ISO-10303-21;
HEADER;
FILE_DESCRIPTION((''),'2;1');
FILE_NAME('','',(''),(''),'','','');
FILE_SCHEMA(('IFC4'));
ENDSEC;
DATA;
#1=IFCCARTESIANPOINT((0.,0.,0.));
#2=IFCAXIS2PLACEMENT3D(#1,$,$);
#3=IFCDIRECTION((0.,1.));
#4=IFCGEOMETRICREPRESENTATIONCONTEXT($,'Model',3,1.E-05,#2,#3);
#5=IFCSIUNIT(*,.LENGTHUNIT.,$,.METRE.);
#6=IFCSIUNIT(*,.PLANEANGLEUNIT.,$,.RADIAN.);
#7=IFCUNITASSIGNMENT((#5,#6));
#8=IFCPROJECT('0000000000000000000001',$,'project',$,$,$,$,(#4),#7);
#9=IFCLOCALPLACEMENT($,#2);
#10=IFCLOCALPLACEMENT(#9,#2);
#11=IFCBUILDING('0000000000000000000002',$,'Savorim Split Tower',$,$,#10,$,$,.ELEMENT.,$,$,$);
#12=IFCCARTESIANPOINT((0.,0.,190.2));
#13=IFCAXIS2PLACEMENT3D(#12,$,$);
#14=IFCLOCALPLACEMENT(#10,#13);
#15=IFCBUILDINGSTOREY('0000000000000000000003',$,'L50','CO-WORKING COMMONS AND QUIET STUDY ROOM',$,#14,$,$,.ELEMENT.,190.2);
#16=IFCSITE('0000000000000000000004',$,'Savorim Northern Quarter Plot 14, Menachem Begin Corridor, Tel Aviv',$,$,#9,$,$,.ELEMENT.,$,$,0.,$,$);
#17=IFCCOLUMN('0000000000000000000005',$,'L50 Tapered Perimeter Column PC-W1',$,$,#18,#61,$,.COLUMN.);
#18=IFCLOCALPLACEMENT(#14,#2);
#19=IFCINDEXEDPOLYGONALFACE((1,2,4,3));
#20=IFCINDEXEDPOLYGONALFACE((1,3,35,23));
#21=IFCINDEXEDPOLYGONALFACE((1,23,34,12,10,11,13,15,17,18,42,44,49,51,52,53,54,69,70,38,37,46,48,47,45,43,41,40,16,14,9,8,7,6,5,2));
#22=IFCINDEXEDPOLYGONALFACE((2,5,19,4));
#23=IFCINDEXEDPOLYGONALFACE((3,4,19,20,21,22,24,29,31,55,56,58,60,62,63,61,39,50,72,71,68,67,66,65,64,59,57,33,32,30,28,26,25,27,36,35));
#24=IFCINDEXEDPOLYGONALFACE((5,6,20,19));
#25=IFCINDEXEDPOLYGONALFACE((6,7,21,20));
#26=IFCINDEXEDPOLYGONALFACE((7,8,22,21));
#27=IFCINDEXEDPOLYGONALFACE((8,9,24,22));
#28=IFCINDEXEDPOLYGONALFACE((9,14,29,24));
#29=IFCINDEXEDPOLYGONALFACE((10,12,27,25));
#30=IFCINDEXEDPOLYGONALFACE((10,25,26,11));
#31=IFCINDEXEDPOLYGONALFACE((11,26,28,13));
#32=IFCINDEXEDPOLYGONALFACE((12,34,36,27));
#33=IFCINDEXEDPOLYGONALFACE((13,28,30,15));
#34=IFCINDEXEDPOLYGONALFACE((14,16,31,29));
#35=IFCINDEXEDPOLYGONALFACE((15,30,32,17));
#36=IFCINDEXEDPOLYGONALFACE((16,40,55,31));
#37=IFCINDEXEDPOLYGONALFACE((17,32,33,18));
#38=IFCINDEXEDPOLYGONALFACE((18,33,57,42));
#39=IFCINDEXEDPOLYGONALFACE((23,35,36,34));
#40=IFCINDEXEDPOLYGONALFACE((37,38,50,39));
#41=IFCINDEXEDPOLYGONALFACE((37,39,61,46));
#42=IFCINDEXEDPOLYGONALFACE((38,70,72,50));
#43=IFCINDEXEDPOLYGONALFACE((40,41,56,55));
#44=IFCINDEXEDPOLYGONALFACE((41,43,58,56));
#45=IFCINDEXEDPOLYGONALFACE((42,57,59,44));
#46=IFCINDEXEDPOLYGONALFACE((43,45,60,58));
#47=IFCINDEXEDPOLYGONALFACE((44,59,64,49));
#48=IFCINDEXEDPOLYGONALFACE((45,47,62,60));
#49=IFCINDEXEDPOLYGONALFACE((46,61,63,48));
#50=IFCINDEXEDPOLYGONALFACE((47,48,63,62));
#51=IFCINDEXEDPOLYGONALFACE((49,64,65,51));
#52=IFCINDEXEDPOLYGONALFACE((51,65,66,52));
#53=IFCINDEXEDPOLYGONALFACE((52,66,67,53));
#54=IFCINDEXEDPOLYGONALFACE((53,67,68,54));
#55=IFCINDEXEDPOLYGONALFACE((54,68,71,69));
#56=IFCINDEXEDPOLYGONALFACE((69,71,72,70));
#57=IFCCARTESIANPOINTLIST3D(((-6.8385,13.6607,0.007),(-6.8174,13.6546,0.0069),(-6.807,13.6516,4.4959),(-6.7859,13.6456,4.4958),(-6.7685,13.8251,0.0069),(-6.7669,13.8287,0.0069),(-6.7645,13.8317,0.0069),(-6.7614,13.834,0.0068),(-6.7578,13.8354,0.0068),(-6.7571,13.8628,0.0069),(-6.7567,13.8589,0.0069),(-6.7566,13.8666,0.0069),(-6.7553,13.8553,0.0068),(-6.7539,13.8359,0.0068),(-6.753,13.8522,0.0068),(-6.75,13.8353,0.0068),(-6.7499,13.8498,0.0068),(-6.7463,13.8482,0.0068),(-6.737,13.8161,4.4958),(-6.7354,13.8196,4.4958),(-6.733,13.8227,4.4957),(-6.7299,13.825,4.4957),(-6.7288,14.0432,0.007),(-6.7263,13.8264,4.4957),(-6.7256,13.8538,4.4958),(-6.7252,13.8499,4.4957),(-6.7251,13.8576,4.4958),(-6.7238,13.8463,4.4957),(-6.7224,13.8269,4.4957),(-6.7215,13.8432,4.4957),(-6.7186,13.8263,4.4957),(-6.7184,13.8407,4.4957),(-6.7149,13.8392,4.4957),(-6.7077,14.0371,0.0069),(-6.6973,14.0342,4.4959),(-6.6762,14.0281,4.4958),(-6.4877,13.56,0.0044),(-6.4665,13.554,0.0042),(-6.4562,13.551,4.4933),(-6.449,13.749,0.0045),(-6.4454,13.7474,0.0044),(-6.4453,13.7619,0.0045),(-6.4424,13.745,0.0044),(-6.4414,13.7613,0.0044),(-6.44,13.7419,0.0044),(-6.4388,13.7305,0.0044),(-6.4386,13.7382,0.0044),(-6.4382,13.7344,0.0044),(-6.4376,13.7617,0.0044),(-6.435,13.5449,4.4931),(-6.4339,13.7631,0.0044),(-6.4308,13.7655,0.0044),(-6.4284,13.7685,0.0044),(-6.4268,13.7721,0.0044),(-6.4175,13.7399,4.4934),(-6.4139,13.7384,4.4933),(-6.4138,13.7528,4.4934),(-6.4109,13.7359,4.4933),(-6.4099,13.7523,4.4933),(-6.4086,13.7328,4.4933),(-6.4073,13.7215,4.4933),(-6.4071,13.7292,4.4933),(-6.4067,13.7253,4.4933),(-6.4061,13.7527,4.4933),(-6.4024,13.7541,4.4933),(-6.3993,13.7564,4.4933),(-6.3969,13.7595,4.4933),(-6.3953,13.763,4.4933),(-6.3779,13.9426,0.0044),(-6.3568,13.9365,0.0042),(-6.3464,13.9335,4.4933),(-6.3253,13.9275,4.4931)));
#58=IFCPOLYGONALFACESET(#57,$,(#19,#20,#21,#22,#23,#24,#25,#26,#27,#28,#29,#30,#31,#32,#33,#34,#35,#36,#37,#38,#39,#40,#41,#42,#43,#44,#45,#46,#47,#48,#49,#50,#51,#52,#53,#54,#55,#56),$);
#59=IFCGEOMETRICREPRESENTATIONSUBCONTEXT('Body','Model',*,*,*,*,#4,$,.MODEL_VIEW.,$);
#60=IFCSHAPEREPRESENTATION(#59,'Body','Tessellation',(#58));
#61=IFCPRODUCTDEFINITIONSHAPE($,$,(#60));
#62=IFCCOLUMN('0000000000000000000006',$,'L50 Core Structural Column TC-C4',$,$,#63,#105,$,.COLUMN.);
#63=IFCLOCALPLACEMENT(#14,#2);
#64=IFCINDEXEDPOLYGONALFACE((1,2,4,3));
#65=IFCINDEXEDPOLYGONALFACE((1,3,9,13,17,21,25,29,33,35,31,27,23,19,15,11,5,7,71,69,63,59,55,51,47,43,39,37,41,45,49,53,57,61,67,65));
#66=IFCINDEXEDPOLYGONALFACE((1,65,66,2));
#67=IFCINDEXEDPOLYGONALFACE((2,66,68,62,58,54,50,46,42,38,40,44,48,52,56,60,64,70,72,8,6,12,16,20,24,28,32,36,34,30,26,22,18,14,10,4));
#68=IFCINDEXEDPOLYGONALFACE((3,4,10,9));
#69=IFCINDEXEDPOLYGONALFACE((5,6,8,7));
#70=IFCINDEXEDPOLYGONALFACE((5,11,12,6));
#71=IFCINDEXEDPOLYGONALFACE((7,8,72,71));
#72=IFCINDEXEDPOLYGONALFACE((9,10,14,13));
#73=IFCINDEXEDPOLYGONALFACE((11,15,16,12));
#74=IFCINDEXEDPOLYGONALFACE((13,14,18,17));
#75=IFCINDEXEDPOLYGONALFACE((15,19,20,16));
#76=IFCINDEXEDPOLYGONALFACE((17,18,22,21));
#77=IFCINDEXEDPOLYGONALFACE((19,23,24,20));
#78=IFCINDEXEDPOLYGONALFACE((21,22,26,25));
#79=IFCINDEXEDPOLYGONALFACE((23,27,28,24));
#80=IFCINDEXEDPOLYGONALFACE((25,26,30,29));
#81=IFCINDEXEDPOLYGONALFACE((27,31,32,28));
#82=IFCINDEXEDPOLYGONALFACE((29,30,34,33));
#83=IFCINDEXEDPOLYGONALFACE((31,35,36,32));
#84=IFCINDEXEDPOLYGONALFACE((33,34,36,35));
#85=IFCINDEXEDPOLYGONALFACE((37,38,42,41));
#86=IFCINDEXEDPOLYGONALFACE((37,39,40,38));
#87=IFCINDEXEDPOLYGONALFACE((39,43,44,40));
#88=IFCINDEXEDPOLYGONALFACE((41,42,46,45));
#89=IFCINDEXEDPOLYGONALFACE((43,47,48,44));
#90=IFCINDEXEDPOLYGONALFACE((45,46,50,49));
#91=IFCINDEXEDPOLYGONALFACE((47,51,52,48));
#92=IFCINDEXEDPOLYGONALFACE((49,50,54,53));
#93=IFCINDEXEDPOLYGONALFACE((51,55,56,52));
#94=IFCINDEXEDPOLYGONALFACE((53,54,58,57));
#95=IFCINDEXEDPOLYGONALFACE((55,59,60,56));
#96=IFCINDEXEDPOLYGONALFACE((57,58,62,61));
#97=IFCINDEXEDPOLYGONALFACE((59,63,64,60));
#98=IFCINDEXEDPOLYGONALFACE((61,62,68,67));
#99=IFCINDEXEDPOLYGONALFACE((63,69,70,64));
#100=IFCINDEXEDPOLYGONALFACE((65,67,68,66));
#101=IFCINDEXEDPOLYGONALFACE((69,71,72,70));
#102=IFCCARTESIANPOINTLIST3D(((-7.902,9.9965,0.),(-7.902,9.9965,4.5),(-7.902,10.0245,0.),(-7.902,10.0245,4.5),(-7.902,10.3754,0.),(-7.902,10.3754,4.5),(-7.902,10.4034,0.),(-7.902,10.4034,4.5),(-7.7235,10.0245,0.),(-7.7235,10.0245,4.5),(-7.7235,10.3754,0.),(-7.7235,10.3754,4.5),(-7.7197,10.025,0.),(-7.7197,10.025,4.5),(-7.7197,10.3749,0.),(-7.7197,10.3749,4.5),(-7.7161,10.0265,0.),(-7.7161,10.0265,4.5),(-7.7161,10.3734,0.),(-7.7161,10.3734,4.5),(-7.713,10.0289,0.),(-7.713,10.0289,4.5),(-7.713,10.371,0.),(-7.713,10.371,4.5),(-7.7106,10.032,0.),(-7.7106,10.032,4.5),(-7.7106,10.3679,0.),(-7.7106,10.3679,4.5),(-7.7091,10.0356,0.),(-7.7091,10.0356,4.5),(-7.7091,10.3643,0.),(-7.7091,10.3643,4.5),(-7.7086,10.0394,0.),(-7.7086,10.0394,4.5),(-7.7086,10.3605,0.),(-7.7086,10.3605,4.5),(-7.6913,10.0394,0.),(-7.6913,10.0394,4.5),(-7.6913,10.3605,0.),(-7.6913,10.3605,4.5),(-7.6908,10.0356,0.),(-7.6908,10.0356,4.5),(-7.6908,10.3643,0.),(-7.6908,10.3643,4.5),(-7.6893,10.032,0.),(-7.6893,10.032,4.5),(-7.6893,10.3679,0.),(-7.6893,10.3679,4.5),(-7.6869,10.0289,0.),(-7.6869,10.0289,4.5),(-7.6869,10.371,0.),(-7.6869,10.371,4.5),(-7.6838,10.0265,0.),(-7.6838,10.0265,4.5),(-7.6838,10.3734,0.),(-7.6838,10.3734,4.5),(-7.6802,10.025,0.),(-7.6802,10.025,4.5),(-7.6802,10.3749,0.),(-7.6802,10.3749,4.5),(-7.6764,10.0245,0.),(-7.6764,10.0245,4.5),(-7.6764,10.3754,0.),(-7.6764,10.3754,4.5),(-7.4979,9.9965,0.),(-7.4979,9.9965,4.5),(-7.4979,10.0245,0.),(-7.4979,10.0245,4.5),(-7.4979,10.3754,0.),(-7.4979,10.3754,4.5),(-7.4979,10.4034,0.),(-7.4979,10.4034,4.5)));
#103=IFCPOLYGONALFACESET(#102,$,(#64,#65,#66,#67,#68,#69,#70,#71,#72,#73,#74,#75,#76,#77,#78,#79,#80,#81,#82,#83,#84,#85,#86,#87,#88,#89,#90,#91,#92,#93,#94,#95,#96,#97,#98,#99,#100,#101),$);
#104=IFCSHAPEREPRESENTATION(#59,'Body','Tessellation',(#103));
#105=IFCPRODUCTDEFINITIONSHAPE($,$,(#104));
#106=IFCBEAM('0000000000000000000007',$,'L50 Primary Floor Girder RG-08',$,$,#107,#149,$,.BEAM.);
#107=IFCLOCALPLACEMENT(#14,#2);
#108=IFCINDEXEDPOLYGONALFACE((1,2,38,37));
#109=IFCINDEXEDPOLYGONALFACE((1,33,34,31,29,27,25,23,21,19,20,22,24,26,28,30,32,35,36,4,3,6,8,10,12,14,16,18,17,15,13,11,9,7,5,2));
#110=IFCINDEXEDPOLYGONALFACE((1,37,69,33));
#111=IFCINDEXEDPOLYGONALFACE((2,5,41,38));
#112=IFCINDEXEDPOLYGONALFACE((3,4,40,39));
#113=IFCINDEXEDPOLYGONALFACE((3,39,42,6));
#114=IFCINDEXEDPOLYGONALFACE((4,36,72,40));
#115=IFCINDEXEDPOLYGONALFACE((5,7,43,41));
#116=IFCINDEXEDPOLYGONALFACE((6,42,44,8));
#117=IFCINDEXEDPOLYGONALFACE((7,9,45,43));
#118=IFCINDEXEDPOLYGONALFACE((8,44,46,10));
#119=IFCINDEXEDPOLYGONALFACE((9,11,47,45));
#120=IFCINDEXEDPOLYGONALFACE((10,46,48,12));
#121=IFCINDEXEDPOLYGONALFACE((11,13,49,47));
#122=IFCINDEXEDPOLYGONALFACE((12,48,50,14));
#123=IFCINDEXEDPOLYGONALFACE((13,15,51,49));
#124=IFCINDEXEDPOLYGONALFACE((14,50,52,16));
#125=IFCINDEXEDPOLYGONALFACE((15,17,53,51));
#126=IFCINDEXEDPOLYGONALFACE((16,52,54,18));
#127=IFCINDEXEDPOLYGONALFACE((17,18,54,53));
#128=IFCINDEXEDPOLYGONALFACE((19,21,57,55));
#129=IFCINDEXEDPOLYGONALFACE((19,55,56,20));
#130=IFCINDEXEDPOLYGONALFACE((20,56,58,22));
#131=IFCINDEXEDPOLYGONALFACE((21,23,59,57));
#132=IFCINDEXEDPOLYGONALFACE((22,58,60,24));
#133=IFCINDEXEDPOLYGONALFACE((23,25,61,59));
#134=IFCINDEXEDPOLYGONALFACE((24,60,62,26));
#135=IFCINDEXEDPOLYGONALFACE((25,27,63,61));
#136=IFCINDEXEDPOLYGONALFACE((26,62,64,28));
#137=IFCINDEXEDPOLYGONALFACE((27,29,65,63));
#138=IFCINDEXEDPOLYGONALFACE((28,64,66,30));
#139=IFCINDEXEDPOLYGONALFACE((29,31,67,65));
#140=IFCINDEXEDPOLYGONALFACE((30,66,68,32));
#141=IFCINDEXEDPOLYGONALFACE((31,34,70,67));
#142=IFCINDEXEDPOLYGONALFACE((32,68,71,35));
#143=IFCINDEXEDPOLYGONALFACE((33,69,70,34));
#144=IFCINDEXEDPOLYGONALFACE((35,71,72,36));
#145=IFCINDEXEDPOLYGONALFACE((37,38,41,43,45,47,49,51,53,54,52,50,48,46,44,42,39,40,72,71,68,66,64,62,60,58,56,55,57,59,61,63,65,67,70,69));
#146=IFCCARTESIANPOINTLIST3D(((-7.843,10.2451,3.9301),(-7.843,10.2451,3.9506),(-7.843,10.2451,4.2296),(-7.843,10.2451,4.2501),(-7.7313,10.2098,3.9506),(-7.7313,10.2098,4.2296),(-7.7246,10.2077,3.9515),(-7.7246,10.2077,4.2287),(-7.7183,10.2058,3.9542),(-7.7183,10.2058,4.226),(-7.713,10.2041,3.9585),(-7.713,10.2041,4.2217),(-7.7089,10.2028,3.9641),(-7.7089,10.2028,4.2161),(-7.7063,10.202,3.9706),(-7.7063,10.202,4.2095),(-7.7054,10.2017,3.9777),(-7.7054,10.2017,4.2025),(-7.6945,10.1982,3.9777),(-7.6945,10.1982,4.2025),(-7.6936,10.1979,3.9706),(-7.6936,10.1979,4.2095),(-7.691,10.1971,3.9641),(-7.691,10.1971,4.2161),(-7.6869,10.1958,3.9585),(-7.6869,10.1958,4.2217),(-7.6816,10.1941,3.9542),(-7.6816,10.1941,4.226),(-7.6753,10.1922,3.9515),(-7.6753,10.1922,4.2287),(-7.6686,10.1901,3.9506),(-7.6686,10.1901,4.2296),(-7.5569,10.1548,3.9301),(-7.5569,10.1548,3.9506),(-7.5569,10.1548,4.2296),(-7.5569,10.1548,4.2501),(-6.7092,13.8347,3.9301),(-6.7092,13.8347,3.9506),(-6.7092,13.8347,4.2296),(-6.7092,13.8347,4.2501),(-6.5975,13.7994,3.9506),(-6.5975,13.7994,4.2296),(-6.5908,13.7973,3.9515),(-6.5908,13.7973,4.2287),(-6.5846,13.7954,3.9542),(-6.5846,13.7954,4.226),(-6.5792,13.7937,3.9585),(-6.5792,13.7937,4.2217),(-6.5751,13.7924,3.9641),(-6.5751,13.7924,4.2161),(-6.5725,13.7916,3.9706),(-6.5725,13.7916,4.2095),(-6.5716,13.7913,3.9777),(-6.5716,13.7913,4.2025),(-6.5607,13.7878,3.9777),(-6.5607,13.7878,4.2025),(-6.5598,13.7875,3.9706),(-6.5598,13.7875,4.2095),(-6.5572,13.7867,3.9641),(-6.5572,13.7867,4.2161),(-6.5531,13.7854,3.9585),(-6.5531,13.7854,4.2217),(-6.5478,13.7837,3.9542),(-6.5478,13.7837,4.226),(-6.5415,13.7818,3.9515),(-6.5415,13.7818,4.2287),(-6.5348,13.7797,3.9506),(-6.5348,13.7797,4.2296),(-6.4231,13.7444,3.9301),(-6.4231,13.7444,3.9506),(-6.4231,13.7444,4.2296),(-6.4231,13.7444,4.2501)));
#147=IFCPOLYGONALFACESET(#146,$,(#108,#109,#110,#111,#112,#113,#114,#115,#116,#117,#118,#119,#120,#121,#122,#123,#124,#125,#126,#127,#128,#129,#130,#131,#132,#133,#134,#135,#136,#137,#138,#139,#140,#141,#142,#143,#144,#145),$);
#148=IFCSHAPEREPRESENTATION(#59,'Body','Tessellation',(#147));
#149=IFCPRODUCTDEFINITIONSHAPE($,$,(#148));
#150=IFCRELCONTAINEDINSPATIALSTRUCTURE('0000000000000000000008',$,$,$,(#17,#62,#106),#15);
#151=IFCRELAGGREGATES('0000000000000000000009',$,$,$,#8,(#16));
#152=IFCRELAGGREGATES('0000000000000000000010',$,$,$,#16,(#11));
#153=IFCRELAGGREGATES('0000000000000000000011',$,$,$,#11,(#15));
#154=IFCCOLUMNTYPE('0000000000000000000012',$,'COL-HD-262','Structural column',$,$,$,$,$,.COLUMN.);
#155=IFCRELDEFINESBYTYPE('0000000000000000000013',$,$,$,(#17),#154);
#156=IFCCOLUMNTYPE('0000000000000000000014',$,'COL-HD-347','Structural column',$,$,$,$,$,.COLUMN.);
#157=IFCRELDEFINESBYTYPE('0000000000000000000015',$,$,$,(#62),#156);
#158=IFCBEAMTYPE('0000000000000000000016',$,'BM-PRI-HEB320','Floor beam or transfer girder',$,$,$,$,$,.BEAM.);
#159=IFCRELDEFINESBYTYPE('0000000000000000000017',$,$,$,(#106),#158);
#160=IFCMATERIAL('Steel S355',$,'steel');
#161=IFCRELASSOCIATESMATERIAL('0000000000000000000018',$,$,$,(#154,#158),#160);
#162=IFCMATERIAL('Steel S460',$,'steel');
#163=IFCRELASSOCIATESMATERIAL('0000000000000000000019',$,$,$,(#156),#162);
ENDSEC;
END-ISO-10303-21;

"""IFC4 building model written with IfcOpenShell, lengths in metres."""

from ifc_helpers import new_model, si_unit, direction, frame, origin, origin_2d, place, context, subcontext, project, spatial, i_section, extrude, material, material_profile, profile_set, type_object, element, save


model = new_model("IFC4")

# Units and contexts
model_context = context("Model", 3, precision=1e-05, world=origin(), true_north=direction((0.0, 1.0)))
body_context = subcontext(model_context, "Body", "Model", "MODEL_VIEW")
ifc_project = project(units=[si_unit("LENGTHUNIT", "METRE"), si_unit("PLANEANGLEUNIT", "RADIAN")], contexts=[model_context])

# Site, building, storey
site_placement = place(None, origin())
site = spatial("IfcSite", under=ifc_project, at=site_placement, Name="Savorim Northern Quarter Plot 14, Menachem Begin Corridor, Tel Aviv", CompositionType="ELEMENT", RefElevation=0.0)
building_placement = place(site_placement, origin())
building = spatial("IfcBuilding", under=site, at=building_placement, Name="Savorim Split Tower", CompositionType="ELEMENT")
storey_placement = place(building_placement, frame((0.0, 0.0, 190.2)))
storey = spatial("IfcBuildingStorey", under=building, at=storey_placement, Name="L50", Description="CO-WORKING COMMONS AND QUIET STUDY ROOM", CompositionType="ELEMENT", Elevation=190.2)

# Columns
ifc_material_1 = material(Name="Steel S355", Category="steel")
ifc_material_profile_1 = material_profile(ifc_material_1, i_section(OverallWidth=0.3979, OverallDepth=0.387, WebThickness=0.0134, FlangeThickness=0.022, FilletRadius=0.0149, at=origin_2d()), Name="HD 400x262")
ifc_profile_set_1 = profile_set([ifc_material_profile_1], Name="Steel S355")
column_type_1 = type_object("IfcColumnType", Name="COL-HD-262", Description="Structural column", PredefinedType="COLUMN", material=ifc_profile_set_1)
column_1_placement = place(storey_placement, frame((-6.5977, 13.7986, 0.0056), z_axis=(0.007016, -0.002012, 0.999973), x_axis=(0.275705, 0.961242, 0.0)))
element("IfcColumn", 1, at=column_1_placement, inside=storey, type_object=column_type_1, Name="L50 Tapered Perimeter Column PC-W1", PredefinedType="COLUMN", context=body_context, shape_type="SweptSolid", body=[
    extrude(i_section(OverallWidth=0.3979, OverallDepth=0.387, WebThickness=0.0134, FlangeThickness=0.022, FilletRadius=0.0149, at=origin_2d()), origin(), (0.0, 0.0, 1.0), 4.489),
])
ifc_material_2 = material(Name="Steel S460", Category="steel")
ifc_material_profile_2 = material_profile(ifc_material_2, i_section(OverallWidth=0.4041, OverallDepth=0.407, WebThickness=0.0173, FlangeThickness=0.0281, FilletRadius=0.0149, at=origin_2d()), Name="HD 400x347")
ifc_profile_set_2 = profile_set([ifc_material_profile_2], Name="Steel S460")
column_type_2 = type_object("IfcColumnType", Name="COL-HD-347", Description="Structural column", PredefinedType="COLUMN", material=ifc_profile_set_2)
column_2_placement = place(storey_placement, frame((-7.7, 10.2, 0.0), z_axis=(0.0, 0.0, 1.0), x_axis=(1.0, 0.0, 0.0)))
element("IfcColumn", 2, at=column_2_placement, inside=storey, type_object=column_type_2, Name="L50 Core Structural Column TC-C4", PredefinedType="COLUMN", context=body_context, shape_type="SweptSolid", body=[
    extrude(i_section(OverallWidth=0.4041, OverallDepth=0.407, WebThickness=0.0173, FlangeThickness=0.0281, FilletRadius=0.0149, at=origin_2d()), origin(), (0.0, 0.0, 1.0), 4.5),
])

# Beam
ifc_material_profile_3 = material_profile(ifc_material_1, i_section(OverallWidth=0.3, OverallDepth=0.3201, WebThickness=0.0115, FlangeThickness=0.0205, FilletRadius=0.0271, at=origin_2d()), Name="HEB 320")
ifc_profile_set_3 = profile_set([ifc_material_profile_3], Name="Steel S355")
beam_type_1 = type_object("IfcBeamType", Name="BM-PRI-HEB320", Description="Floor beam or transfer girder", PredefinedType="BEAM", material=ifc_profile_set_3)
beam_1_placement = place(storey_placement, frame((-6.5662, 13.7896, 4.0901), z_axis=(-0.301187, -0.953565, 0.0), x_axis=(0.953565, -0.301187, 0.0)))
element("IfcBeam", 3, at=beam_1_placement, inside=storey, type_object=beam_type_1, Name="L50 Primary Floor Girder RG-08", PredefinedType="BEAM", context=body_context, shape_type="SweptSolid", body=[
    extrude(i_section(OverallWidth=0.3, OverallDepth=0.3201, WebThickness=0.0115, FlangeThickness=0.0205, FilletRadius=0.0271, at=origin_2d()), origin(), (0.0, 0.0, 1.0), 3.7644),
])

save(model, "model.ifc")
